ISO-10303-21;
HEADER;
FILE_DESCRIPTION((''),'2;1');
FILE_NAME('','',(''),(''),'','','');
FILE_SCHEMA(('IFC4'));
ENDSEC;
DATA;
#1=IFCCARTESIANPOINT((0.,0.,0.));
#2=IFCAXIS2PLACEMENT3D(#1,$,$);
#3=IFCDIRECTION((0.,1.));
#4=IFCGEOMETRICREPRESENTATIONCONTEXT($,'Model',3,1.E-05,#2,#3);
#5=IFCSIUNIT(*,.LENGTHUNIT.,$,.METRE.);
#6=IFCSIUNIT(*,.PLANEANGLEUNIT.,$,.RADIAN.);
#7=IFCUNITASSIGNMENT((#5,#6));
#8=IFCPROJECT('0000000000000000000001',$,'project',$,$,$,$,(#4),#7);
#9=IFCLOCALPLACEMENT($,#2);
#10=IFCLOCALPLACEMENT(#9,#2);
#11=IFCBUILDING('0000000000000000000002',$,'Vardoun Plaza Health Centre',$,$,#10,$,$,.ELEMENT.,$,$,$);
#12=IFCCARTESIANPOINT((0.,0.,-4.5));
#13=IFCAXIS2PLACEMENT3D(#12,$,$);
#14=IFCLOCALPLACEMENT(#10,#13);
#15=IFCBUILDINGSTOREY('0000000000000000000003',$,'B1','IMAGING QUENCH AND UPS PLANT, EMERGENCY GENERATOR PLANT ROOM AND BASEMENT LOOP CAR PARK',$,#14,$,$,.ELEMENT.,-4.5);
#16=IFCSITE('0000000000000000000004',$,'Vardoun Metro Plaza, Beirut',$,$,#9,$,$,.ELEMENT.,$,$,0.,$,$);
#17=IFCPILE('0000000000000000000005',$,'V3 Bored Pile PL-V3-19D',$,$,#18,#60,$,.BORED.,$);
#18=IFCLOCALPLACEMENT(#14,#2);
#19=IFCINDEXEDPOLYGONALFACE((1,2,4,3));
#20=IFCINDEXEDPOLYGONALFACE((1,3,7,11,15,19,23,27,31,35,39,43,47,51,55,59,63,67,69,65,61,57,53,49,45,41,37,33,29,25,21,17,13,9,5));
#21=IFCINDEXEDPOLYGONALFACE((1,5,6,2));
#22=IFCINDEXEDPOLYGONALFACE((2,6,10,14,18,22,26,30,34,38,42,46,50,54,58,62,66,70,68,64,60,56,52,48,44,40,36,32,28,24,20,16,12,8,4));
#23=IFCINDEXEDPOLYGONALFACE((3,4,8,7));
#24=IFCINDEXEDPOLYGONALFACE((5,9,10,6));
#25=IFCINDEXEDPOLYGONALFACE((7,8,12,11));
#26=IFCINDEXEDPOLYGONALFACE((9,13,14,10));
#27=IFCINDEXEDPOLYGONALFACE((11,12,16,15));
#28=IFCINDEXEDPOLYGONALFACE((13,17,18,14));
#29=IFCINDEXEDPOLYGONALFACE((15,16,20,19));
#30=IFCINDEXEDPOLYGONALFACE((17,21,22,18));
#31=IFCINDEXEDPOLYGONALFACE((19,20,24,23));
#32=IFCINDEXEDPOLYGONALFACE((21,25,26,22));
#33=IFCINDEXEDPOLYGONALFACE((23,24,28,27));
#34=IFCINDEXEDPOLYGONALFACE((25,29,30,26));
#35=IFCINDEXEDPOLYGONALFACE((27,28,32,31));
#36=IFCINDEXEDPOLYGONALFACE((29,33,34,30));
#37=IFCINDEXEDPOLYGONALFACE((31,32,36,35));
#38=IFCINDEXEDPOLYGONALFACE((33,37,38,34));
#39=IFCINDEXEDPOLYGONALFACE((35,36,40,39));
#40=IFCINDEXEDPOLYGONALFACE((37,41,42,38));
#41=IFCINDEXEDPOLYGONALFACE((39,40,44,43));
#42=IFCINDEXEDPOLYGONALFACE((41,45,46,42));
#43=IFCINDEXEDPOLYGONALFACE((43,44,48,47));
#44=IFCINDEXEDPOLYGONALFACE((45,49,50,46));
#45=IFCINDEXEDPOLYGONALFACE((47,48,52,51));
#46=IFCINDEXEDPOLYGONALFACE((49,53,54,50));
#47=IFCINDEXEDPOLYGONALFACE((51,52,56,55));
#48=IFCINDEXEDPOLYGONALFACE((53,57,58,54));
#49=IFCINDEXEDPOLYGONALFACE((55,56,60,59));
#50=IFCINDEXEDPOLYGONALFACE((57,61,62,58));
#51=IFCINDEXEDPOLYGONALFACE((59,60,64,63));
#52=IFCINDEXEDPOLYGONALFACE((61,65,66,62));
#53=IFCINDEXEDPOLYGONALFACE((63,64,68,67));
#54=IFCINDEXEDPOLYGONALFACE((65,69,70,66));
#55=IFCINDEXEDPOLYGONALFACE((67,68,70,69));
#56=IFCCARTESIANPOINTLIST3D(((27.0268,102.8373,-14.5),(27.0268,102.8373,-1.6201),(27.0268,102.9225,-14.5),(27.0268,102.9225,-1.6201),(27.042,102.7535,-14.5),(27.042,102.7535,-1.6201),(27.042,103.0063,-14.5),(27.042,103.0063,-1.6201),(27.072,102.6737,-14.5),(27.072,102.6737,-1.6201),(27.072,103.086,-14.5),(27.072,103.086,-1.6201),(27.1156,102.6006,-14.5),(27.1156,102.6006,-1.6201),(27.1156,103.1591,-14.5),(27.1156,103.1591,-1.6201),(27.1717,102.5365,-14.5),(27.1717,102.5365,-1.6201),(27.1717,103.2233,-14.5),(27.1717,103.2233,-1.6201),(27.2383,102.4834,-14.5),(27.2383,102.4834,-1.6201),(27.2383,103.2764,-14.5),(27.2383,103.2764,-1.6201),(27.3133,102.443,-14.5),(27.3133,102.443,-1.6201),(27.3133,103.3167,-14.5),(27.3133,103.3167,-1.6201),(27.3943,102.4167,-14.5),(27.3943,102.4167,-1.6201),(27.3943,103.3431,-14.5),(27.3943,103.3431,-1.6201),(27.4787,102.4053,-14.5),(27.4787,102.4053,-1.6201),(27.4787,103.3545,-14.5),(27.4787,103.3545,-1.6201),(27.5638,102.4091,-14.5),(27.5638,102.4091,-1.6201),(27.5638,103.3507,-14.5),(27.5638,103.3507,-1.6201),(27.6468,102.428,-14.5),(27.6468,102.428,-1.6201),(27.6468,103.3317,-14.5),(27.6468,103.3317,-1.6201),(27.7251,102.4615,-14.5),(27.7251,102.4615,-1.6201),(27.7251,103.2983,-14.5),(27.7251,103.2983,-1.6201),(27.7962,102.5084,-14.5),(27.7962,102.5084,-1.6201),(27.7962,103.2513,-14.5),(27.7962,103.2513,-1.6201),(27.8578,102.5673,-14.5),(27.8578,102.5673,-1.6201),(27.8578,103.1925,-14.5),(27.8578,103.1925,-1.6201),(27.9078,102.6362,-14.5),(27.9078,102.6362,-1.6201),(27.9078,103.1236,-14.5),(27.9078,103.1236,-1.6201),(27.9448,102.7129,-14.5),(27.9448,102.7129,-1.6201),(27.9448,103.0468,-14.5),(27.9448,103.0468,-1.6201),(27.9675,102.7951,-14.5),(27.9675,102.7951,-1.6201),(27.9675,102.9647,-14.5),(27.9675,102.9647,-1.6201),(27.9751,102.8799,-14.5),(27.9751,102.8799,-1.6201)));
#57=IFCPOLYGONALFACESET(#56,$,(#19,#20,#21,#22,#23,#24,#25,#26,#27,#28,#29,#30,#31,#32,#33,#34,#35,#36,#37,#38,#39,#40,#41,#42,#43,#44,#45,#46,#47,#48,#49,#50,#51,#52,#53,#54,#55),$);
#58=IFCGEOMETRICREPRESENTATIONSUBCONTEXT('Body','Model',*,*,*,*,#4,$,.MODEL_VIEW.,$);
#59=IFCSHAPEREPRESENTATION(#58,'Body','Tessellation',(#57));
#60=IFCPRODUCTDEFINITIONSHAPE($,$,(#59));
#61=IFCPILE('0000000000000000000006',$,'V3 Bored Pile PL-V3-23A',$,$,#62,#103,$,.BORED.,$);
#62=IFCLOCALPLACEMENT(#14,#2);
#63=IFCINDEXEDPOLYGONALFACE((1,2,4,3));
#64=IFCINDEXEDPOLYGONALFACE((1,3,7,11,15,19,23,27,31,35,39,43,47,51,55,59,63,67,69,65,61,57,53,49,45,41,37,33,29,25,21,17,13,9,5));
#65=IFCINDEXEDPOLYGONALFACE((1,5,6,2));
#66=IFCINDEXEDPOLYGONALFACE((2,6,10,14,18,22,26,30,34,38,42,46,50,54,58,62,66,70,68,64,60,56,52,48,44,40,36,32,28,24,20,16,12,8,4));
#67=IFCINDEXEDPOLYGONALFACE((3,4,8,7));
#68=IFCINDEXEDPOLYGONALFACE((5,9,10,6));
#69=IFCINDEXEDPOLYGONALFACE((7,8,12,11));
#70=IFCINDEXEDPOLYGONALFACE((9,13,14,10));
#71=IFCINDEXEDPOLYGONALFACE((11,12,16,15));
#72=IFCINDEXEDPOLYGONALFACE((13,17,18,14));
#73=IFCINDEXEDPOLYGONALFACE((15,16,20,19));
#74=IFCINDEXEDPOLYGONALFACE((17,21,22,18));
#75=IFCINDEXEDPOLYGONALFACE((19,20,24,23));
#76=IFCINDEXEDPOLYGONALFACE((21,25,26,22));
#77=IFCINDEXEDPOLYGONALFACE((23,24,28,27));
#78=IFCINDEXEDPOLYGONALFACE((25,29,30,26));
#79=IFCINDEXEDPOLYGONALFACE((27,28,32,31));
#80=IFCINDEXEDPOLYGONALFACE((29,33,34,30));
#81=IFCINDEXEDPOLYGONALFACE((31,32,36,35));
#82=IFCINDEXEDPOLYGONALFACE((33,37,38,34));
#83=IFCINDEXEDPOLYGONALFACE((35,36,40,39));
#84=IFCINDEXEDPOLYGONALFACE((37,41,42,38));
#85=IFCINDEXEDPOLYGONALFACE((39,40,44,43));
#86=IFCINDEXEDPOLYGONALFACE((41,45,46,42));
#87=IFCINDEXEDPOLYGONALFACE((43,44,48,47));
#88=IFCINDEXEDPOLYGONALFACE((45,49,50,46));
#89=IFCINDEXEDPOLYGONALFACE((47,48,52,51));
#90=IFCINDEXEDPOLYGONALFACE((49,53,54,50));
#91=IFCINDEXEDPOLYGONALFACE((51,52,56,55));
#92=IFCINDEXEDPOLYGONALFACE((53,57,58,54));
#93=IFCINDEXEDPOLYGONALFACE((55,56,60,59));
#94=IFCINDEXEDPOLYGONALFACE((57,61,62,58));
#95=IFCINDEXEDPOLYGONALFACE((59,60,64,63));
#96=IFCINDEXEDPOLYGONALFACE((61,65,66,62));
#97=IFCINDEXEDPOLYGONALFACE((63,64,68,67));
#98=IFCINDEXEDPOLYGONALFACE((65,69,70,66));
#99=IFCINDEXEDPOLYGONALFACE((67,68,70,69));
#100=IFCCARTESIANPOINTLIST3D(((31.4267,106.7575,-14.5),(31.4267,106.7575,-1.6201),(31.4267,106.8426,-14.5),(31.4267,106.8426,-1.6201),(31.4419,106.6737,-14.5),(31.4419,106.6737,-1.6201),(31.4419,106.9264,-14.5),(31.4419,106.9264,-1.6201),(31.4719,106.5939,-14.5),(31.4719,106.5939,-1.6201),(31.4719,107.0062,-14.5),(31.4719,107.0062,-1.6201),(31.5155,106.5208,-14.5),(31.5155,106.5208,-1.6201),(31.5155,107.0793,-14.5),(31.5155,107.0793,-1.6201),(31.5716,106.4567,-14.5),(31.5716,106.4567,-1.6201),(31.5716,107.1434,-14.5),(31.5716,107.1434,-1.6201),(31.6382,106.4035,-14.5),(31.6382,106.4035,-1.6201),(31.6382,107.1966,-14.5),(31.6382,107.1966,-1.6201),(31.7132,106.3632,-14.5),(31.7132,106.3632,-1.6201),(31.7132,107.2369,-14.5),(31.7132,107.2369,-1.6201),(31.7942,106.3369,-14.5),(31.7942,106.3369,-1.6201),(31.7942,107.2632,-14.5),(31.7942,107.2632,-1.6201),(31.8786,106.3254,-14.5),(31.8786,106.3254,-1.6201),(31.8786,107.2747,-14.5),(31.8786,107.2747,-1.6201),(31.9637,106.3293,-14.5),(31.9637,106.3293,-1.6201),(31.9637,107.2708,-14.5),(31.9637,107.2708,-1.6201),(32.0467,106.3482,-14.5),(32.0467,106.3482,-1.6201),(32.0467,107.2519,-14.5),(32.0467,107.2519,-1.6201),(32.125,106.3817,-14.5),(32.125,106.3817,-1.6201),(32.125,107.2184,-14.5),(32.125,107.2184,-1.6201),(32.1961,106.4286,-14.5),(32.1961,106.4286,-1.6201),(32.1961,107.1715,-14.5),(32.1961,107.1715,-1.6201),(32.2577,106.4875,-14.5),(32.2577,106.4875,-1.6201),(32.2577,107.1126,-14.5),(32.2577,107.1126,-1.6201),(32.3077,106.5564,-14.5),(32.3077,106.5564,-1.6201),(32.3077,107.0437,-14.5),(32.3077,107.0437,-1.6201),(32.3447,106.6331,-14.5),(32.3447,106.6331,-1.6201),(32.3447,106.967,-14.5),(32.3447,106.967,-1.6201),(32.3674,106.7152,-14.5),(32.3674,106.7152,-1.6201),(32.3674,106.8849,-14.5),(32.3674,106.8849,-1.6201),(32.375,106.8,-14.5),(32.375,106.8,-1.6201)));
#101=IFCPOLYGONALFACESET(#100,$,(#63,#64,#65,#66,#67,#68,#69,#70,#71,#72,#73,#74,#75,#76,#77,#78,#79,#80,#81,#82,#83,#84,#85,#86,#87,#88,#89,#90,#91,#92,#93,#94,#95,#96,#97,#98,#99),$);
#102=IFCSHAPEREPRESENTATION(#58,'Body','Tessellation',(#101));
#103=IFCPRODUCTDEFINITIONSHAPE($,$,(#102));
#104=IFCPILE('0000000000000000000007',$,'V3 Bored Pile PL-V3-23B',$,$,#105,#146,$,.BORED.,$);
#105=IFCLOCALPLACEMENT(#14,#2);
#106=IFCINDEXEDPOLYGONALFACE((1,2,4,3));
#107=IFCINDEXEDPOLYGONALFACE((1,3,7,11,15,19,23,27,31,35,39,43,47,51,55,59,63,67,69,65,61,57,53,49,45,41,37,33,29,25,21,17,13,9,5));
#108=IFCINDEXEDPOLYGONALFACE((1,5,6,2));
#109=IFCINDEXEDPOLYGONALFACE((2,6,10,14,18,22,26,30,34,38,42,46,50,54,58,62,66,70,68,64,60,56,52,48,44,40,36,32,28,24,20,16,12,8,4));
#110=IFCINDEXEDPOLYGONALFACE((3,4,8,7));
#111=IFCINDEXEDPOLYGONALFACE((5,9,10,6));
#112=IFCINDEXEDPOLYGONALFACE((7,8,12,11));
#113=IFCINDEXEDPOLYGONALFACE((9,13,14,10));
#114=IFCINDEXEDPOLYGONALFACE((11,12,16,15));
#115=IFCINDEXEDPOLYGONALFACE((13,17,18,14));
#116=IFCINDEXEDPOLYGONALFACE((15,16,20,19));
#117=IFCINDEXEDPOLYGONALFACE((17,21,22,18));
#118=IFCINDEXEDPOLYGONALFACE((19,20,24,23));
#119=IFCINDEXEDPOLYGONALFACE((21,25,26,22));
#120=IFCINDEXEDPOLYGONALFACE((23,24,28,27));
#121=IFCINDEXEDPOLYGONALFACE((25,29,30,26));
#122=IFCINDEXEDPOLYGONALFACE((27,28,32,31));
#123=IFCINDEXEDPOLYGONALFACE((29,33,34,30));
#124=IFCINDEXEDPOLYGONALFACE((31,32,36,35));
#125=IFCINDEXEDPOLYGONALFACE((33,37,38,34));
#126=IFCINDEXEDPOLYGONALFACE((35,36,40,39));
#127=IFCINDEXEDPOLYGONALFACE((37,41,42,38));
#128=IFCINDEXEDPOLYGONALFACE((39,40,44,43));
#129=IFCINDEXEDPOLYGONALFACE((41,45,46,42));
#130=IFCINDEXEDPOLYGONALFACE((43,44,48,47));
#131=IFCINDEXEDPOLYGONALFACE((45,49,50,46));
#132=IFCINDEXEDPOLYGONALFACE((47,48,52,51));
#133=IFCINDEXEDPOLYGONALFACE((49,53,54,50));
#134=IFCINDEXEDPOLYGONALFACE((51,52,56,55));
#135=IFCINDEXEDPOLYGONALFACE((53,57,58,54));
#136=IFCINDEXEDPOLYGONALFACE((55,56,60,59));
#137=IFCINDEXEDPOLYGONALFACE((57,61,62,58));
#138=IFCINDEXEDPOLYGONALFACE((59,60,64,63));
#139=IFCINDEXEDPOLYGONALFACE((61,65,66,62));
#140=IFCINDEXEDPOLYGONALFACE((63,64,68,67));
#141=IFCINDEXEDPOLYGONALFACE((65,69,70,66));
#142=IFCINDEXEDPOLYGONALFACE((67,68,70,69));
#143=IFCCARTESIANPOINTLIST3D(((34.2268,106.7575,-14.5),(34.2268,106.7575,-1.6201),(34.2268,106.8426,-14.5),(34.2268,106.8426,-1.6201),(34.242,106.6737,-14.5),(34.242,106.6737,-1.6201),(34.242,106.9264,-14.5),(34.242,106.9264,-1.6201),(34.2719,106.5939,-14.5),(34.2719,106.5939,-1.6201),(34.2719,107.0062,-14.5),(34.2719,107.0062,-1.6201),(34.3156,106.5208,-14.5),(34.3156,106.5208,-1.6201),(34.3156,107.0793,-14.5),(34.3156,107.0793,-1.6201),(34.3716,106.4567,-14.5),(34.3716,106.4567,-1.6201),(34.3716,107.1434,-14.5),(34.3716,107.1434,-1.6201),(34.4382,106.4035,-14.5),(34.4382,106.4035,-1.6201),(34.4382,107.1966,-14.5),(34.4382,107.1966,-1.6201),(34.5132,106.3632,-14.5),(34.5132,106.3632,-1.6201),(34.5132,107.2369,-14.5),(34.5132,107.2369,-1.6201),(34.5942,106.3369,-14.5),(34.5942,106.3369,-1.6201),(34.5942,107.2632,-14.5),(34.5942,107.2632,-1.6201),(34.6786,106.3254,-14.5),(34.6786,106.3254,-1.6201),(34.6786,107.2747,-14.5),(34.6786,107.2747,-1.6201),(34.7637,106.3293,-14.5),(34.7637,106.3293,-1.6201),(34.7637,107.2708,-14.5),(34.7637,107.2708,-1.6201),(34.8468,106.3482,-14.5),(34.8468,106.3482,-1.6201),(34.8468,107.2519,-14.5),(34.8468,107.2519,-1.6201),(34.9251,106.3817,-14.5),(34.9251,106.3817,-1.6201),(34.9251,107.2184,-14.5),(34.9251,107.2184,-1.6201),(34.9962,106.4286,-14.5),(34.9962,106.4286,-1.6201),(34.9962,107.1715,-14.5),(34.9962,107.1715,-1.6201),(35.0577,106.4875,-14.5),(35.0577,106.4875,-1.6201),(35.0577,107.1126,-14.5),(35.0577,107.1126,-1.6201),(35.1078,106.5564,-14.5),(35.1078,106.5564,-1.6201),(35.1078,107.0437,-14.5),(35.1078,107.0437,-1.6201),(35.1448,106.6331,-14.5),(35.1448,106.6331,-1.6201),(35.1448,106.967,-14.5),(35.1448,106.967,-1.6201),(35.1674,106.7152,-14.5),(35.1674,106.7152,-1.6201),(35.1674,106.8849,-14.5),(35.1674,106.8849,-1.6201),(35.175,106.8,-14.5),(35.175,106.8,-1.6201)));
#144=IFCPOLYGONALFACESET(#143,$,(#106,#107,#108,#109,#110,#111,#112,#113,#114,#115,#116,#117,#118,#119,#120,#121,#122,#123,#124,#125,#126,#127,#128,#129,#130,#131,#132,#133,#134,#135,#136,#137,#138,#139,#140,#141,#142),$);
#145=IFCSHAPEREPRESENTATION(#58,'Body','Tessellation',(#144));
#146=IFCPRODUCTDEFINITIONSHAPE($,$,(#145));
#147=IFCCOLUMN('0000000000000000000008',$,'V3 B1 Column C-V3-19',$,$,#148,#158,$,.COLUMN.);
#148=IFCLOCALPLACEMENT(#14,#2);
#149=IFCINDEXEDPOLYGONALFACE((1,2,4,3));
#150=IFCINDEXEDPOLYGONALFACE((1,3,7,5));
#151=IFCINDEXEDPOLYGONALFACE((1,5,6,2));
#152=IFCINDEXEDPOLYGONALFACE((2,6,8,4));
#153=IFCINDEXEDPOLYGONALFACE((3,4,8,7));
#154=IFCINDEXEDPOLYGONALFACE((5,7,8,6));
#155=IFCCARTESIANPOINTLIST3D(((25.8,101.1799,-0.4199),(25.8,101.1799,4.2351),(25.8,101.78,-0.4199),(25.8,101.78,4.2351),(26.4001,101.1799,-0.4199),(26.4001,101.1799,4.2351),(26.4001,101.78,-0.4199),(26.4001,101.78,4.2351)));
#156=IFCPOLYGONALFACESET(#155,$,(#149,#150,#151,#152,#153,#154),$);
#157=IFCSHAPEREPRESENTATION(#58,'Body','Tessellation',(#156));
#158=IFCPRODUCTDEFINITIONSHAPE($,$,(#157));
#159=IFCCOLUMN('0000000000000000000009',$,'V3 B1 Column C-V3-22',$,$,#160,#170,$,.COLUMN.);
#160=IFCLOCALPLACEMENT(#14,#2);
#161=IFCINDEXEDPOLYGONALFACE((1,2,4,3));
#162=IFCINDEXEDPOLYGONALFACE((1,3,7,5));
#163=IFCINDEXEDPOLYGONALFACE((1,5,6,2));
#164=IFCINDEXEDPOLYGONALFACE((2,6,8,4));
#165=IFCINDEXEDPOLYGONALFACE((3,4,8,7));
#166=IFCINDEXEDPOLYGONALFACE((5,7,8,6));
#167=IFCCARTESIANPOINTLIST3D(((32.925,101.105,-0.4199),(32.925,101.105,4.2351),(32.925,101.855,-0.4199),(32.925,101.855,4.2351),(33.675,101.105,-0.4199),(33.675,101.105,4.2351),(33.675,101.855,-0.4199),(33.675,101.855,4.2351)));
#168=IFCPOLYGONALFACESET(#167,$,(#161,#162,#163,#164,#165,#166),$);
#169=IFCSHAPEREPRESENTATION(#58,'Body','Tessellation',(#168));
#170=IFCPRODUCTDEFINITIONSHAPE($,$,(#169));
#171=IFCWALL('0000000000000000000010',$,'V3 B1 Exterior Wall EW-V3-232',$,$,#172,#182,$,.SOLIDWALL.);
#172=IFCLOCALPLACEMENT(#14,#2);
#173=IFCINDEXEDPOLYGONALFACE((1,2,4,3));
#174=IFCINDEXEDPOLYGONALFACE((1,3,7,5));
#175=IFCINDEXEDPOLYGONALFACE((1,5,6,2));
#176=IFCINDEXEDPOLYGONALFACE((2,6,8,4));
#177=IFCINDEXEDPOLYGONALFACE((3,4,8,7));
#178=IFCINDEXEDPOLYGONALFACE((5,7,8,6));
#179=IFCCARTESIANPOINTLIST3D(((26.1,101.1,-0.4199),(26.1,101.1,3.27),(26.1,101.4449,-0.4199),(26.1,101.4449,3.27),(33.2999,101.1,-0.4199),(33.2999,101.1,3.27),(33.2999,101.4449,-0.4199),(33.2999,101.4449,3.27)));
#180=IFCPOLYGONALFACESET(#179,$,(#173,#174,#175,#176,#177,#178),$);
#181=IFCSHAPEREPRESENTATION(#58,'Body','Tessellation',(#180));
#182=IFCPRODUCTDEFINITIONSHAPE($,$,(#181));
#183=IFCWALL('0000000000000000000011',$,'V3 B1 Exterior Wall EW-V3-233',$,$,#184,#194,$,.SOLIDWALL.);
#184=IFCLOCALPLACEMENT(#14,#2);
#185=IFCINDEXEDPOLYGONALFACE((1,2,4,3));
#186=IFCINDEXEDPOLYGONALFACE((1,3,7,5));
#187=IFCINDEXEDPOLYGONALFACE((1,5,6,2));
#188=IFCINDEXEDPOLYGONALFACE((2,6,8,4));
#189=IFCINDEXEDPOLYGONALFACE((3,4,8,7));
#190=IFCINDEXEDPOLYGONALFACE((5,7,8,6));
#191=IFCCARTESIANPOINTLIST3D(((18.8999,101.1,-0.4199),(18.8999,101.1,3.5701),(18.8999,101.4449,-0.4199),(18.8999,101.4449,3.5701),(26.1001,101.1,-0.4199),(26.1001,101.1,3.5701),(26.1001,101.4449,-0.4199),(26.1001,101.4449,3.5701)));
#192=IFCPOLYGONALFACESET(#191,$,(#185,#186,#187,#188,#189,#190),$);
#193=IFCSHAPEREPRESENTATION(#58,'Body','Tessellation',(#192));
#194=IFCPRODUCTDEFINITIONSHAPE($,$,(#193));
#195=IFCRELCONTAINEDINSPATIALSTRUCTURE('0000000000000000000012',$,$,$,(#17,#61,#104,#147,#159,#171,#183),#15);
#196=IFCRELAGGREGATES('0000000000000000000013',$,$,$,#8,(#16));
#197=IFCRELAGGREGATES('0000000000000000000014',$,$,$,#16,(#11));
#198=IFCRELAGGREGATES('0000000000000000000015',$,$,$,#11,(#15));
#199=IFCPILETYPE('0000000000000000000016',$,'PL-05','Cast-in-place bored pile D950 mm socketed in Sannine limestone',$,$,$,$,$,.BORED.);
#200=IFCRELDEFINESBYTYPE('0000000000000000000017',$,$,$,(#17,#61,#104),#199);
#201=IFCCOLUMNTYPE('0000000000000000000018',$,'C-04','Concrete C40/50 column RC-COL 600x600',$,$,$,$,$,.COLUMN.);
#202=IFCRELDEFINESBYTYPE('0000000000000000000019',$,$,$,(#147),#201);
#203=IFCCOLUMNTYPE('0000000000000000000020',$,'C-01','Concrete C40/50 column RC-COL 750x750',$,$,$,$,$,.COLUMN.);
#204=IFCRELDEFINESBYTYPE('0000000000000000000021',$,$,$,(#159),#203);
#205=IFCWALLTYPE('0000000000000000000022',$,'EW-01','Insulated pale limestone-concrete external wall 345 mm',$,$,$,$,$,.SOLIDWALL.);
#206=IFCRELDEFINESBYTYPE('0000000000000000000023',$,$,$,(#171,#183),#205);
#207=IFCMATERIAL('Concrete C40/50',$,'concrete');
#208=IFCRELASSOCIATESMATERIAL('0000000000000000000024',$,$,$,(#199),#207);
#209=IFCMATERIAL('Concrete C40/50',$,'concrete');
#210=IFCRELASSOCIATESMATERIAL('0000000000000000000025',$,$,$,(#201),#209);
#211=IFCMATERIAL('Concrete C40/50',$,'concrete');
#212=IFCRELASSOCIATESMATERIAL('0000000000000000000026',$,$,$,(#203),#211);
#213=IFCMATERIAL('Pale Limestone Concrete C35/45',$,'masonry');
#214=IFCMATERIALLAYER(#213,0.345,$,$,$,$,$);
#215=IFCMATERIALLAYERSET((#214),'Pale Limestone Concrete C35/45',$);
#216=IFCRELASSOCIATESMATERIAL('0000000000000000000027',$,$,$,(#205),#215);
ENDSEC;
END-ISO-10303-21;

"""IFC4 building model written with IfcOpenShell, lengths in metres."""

from ifc_helpers import new_model, si_unit, direction, frame, frame_2d, origin, origin_2d, place, context, subcontext, project, spatial, rectangle, circle, extrude, material, layer, layer_set, material_profile, profile_set, type_object, element, save


model = new_model("IFC4")

# Units and contexts
model_context = context("Model", 3, precision=1e-05, world=origin(), true_north=direction((0.0, 1.0)))
body_context = subcontext(model_context, "Body", "Model", "MODEL_VIEW")
ifc_project = project(units=[si_unit("LENGTHUNIT", "METRE"), si_unit("PLANEANGLEUNIT", "RADIAN")], contexts=[model_context])

# Site, building, storey
site_placement = place(None, origin())
site = spatial("IfcSite", under=ifc_project, at=site_placement, Name="Vardoun Metro Plaza, Beirut", CompositionType="ELEMENT", RefElevation=0.0)
building_placement = place(site_placement, origin())
building = spatial("IfcBuilding", under=site, at=building_placement, Name="Vardoun Plaza Health Centre", CompositionType="ELEMENT")
storey_placement = place(building_placement, frame((0.0, 0.0, -4.5)))
storey = spatial("IfcBuildingStorey", under=building, at=storey_placement, Name="B1", Description="IMAGING QUENCH AND UPS PLANT, EMERGENCY GENERATOR PLANT ROOM AND BASEMENT LOOP CAR PARK", CompositionType="ELEMENT", Elevation=-4.5)

# Piles
ifc_material_1 = material(Name="Concrete C40/50", Category="concrete")
ifc_material_profile_1 = material_profile(ifc_material_1, circle(Radius=0.4751, at=origin_2d()), Name="PILE D950")
ifc_profile_set_1 = profile_set([ifc_material_profile_1], Name="Concrete C40/50")
pile_type_1 = type_object("IfcPileType", Name="PL-05", Description="Cast-in-place bored pile D950 mm socketed in Sannine limestone", PredefinedType="BORED", material=ifc_profile_set_1)
for number, where, z_axis, x_axis, name in (
    (1, (27.5, 102.8799, -1.6201), (0.0, 0.0, -1.0), (1.0, 0.0, 0.0), "V3 Bored Pile PL-V3-19D"),
    (2, (31.8999, 106.8, -1.6201), (0.0, 0.0, -1.0), (1.0, 0.0, 0.0), "V3 Bored Pile PL-V3-23A"),
    (3, (34.7, 106.8, -1.6201), (0.0, 0.0, -1.0), (1.0, 0.0, 0.0), "V3 Bored Pile PL-V3-23B"),
):
    element("IfcPile", number, at=place(storey_placement, frame(where, z_axis=z_axis, x_axis=x_axis)), inside=storey, type_object=pile_type_1, Name=name, PredefinedType="BORED", context=body_context, shape_type="SweptSolid", body=[
        extrude(circle(Radius=0.4751, at=origin_2d()), origin(), (0.0, 0.0, 1.0), 12.8799),
    ])

# Columns
ifc_material_2 = material(Name="Concrete C40/50", Category="concrete")
ifc_material_profile_2 = material_profile(ifc_material_2, rectangle(XDim=0.6001, YDim=0.6001, at=origin_2d()), Name="RC-COL 600x600")
ifc_profile_set_2 = profile_set([ifc_material_profile_2], Name="Concrete C40/50")
column_type_1 = type_object("IfcColumnType", Name="C-04", Description="Concrete C40/50 column RC-COL 600x600", PredefinedType="COLUMN", material=ifc_profile_set_2)
column_1_placement = place(storey_placement, frame((26.1001, 101.48, -0.4199), z_axis=(0.0, 0.0, 1.0), x_axis=(1.0, 0.0, 0.0)))
element("IfcColumn", 4, at=column_1_placement, inside=storey, type_object=column_type_1, Name="V3 B1 Column C-V3-19", PredefinedType="COLUMN", context=body_context, shape_type="SweptSolid", body=[
    extrude(rectangle(XDim=0.6001, YDim=0.6001, at=origin_2d()), origin(), (0.0, 0.0, 1.0), 4.655),
])
ifc_material_3 = material(Name="Concrete C40/50", Category="concrete")
ifc_material_profile_3 = material_profile(ifc_material_3, rectangle(XDim=0.75, YDim=0.75, at=origin_2d()), Name="RC-COL 750x750")
ifc_profile_set_3 = profile_set([ifc_material_profile_3], Name="Concrete C40/50")
column_type_2 = type_object("IfcColumnType", Name="C-01", Description="Concrete C40/50 column RC-COL 750x750", PredefinedType="COLUMN", material=ifc_profile_set_3)
column_2_placement = place(storey_placement, frame((33.3, 101.48, -0.4199), z_axis=(0.0, 0.0, 1.0), x_axis=(1.0, 0.0, 0.0)))
element("IfcColumn", 5, at=column_2_placement, inside=storey, type_object=column_type_2, Name="V3 B1 Column C-V3-22", PredefinedType="COLUMN", context=body_context, shape_type="SweptSolid", body=[
    extrude(rectangle(XDim=0.75, YDim=0.75, at=origin_2d()), origin(), (0.0, 0.0, 1.0), 4.655),
])

# Walls
ifc_material_4 = material(Name="Pale Limestone Concrete C35/45", Category="masonry")
ifc_layer_1 = layer(ifc_material_4, 0.345)
ifc_layer_set_1 = layer_set([ifc_layer_1], Name="Pale Limestone Concrete C35/45")
wall_type_1 = type_object("IfcWallType", Name="EW-01", Description="Insulated pale limestone-concrete external wall 345 mm", PredefinedType="SOLIDWALL", material=ifc_layer_set_1)
wall_1_placement = place(storey_placement, frame((33.3, 101.2725, -0.4199), z_axis=(0.0, 0.0, 1.0), x_axis=(-1.0, 0.0, 0.0)))
element("IfcWall", 6, at=wall_1_placement, inside=storey, type_object=wall_type_1, Name="V3 B1 Exterior Wall EW-V3-232", PredefinedType="SOLIDWALL", context=body_context, shape_type="SweptSolid", body=[
    extrude(rectangle(XDim=7.2, YDim=0.345, at=frame_2d((3.6001, 0.0))), origin(), (0.0, 0.0, 1.0), 3.6899),
])
wall_2_placement = place(storey_placement, frame((26.1001, 101.2725, -0.4199), z_axis=(0.0, 0.0, 1.0), x_axis=(-1.0, 0.0, 0.0)))
element("IfcWall", 7, at=wall_2_placement, inside=storey, type_object=wall_type_1, Name="V3 B1 Exterior Wall EW-V3-233", PredefinedType="SOLIDWALL", context=body_context, shape_type="SweptSolid", body=[
    extrude(rectangle(XDim=7.2002, YDim=0.345, at=frame_2d((3.6001, 0.0))), origin(), (0.0, 0.0, 1.0), 3.99),
])

save(model, "model.ifc")
